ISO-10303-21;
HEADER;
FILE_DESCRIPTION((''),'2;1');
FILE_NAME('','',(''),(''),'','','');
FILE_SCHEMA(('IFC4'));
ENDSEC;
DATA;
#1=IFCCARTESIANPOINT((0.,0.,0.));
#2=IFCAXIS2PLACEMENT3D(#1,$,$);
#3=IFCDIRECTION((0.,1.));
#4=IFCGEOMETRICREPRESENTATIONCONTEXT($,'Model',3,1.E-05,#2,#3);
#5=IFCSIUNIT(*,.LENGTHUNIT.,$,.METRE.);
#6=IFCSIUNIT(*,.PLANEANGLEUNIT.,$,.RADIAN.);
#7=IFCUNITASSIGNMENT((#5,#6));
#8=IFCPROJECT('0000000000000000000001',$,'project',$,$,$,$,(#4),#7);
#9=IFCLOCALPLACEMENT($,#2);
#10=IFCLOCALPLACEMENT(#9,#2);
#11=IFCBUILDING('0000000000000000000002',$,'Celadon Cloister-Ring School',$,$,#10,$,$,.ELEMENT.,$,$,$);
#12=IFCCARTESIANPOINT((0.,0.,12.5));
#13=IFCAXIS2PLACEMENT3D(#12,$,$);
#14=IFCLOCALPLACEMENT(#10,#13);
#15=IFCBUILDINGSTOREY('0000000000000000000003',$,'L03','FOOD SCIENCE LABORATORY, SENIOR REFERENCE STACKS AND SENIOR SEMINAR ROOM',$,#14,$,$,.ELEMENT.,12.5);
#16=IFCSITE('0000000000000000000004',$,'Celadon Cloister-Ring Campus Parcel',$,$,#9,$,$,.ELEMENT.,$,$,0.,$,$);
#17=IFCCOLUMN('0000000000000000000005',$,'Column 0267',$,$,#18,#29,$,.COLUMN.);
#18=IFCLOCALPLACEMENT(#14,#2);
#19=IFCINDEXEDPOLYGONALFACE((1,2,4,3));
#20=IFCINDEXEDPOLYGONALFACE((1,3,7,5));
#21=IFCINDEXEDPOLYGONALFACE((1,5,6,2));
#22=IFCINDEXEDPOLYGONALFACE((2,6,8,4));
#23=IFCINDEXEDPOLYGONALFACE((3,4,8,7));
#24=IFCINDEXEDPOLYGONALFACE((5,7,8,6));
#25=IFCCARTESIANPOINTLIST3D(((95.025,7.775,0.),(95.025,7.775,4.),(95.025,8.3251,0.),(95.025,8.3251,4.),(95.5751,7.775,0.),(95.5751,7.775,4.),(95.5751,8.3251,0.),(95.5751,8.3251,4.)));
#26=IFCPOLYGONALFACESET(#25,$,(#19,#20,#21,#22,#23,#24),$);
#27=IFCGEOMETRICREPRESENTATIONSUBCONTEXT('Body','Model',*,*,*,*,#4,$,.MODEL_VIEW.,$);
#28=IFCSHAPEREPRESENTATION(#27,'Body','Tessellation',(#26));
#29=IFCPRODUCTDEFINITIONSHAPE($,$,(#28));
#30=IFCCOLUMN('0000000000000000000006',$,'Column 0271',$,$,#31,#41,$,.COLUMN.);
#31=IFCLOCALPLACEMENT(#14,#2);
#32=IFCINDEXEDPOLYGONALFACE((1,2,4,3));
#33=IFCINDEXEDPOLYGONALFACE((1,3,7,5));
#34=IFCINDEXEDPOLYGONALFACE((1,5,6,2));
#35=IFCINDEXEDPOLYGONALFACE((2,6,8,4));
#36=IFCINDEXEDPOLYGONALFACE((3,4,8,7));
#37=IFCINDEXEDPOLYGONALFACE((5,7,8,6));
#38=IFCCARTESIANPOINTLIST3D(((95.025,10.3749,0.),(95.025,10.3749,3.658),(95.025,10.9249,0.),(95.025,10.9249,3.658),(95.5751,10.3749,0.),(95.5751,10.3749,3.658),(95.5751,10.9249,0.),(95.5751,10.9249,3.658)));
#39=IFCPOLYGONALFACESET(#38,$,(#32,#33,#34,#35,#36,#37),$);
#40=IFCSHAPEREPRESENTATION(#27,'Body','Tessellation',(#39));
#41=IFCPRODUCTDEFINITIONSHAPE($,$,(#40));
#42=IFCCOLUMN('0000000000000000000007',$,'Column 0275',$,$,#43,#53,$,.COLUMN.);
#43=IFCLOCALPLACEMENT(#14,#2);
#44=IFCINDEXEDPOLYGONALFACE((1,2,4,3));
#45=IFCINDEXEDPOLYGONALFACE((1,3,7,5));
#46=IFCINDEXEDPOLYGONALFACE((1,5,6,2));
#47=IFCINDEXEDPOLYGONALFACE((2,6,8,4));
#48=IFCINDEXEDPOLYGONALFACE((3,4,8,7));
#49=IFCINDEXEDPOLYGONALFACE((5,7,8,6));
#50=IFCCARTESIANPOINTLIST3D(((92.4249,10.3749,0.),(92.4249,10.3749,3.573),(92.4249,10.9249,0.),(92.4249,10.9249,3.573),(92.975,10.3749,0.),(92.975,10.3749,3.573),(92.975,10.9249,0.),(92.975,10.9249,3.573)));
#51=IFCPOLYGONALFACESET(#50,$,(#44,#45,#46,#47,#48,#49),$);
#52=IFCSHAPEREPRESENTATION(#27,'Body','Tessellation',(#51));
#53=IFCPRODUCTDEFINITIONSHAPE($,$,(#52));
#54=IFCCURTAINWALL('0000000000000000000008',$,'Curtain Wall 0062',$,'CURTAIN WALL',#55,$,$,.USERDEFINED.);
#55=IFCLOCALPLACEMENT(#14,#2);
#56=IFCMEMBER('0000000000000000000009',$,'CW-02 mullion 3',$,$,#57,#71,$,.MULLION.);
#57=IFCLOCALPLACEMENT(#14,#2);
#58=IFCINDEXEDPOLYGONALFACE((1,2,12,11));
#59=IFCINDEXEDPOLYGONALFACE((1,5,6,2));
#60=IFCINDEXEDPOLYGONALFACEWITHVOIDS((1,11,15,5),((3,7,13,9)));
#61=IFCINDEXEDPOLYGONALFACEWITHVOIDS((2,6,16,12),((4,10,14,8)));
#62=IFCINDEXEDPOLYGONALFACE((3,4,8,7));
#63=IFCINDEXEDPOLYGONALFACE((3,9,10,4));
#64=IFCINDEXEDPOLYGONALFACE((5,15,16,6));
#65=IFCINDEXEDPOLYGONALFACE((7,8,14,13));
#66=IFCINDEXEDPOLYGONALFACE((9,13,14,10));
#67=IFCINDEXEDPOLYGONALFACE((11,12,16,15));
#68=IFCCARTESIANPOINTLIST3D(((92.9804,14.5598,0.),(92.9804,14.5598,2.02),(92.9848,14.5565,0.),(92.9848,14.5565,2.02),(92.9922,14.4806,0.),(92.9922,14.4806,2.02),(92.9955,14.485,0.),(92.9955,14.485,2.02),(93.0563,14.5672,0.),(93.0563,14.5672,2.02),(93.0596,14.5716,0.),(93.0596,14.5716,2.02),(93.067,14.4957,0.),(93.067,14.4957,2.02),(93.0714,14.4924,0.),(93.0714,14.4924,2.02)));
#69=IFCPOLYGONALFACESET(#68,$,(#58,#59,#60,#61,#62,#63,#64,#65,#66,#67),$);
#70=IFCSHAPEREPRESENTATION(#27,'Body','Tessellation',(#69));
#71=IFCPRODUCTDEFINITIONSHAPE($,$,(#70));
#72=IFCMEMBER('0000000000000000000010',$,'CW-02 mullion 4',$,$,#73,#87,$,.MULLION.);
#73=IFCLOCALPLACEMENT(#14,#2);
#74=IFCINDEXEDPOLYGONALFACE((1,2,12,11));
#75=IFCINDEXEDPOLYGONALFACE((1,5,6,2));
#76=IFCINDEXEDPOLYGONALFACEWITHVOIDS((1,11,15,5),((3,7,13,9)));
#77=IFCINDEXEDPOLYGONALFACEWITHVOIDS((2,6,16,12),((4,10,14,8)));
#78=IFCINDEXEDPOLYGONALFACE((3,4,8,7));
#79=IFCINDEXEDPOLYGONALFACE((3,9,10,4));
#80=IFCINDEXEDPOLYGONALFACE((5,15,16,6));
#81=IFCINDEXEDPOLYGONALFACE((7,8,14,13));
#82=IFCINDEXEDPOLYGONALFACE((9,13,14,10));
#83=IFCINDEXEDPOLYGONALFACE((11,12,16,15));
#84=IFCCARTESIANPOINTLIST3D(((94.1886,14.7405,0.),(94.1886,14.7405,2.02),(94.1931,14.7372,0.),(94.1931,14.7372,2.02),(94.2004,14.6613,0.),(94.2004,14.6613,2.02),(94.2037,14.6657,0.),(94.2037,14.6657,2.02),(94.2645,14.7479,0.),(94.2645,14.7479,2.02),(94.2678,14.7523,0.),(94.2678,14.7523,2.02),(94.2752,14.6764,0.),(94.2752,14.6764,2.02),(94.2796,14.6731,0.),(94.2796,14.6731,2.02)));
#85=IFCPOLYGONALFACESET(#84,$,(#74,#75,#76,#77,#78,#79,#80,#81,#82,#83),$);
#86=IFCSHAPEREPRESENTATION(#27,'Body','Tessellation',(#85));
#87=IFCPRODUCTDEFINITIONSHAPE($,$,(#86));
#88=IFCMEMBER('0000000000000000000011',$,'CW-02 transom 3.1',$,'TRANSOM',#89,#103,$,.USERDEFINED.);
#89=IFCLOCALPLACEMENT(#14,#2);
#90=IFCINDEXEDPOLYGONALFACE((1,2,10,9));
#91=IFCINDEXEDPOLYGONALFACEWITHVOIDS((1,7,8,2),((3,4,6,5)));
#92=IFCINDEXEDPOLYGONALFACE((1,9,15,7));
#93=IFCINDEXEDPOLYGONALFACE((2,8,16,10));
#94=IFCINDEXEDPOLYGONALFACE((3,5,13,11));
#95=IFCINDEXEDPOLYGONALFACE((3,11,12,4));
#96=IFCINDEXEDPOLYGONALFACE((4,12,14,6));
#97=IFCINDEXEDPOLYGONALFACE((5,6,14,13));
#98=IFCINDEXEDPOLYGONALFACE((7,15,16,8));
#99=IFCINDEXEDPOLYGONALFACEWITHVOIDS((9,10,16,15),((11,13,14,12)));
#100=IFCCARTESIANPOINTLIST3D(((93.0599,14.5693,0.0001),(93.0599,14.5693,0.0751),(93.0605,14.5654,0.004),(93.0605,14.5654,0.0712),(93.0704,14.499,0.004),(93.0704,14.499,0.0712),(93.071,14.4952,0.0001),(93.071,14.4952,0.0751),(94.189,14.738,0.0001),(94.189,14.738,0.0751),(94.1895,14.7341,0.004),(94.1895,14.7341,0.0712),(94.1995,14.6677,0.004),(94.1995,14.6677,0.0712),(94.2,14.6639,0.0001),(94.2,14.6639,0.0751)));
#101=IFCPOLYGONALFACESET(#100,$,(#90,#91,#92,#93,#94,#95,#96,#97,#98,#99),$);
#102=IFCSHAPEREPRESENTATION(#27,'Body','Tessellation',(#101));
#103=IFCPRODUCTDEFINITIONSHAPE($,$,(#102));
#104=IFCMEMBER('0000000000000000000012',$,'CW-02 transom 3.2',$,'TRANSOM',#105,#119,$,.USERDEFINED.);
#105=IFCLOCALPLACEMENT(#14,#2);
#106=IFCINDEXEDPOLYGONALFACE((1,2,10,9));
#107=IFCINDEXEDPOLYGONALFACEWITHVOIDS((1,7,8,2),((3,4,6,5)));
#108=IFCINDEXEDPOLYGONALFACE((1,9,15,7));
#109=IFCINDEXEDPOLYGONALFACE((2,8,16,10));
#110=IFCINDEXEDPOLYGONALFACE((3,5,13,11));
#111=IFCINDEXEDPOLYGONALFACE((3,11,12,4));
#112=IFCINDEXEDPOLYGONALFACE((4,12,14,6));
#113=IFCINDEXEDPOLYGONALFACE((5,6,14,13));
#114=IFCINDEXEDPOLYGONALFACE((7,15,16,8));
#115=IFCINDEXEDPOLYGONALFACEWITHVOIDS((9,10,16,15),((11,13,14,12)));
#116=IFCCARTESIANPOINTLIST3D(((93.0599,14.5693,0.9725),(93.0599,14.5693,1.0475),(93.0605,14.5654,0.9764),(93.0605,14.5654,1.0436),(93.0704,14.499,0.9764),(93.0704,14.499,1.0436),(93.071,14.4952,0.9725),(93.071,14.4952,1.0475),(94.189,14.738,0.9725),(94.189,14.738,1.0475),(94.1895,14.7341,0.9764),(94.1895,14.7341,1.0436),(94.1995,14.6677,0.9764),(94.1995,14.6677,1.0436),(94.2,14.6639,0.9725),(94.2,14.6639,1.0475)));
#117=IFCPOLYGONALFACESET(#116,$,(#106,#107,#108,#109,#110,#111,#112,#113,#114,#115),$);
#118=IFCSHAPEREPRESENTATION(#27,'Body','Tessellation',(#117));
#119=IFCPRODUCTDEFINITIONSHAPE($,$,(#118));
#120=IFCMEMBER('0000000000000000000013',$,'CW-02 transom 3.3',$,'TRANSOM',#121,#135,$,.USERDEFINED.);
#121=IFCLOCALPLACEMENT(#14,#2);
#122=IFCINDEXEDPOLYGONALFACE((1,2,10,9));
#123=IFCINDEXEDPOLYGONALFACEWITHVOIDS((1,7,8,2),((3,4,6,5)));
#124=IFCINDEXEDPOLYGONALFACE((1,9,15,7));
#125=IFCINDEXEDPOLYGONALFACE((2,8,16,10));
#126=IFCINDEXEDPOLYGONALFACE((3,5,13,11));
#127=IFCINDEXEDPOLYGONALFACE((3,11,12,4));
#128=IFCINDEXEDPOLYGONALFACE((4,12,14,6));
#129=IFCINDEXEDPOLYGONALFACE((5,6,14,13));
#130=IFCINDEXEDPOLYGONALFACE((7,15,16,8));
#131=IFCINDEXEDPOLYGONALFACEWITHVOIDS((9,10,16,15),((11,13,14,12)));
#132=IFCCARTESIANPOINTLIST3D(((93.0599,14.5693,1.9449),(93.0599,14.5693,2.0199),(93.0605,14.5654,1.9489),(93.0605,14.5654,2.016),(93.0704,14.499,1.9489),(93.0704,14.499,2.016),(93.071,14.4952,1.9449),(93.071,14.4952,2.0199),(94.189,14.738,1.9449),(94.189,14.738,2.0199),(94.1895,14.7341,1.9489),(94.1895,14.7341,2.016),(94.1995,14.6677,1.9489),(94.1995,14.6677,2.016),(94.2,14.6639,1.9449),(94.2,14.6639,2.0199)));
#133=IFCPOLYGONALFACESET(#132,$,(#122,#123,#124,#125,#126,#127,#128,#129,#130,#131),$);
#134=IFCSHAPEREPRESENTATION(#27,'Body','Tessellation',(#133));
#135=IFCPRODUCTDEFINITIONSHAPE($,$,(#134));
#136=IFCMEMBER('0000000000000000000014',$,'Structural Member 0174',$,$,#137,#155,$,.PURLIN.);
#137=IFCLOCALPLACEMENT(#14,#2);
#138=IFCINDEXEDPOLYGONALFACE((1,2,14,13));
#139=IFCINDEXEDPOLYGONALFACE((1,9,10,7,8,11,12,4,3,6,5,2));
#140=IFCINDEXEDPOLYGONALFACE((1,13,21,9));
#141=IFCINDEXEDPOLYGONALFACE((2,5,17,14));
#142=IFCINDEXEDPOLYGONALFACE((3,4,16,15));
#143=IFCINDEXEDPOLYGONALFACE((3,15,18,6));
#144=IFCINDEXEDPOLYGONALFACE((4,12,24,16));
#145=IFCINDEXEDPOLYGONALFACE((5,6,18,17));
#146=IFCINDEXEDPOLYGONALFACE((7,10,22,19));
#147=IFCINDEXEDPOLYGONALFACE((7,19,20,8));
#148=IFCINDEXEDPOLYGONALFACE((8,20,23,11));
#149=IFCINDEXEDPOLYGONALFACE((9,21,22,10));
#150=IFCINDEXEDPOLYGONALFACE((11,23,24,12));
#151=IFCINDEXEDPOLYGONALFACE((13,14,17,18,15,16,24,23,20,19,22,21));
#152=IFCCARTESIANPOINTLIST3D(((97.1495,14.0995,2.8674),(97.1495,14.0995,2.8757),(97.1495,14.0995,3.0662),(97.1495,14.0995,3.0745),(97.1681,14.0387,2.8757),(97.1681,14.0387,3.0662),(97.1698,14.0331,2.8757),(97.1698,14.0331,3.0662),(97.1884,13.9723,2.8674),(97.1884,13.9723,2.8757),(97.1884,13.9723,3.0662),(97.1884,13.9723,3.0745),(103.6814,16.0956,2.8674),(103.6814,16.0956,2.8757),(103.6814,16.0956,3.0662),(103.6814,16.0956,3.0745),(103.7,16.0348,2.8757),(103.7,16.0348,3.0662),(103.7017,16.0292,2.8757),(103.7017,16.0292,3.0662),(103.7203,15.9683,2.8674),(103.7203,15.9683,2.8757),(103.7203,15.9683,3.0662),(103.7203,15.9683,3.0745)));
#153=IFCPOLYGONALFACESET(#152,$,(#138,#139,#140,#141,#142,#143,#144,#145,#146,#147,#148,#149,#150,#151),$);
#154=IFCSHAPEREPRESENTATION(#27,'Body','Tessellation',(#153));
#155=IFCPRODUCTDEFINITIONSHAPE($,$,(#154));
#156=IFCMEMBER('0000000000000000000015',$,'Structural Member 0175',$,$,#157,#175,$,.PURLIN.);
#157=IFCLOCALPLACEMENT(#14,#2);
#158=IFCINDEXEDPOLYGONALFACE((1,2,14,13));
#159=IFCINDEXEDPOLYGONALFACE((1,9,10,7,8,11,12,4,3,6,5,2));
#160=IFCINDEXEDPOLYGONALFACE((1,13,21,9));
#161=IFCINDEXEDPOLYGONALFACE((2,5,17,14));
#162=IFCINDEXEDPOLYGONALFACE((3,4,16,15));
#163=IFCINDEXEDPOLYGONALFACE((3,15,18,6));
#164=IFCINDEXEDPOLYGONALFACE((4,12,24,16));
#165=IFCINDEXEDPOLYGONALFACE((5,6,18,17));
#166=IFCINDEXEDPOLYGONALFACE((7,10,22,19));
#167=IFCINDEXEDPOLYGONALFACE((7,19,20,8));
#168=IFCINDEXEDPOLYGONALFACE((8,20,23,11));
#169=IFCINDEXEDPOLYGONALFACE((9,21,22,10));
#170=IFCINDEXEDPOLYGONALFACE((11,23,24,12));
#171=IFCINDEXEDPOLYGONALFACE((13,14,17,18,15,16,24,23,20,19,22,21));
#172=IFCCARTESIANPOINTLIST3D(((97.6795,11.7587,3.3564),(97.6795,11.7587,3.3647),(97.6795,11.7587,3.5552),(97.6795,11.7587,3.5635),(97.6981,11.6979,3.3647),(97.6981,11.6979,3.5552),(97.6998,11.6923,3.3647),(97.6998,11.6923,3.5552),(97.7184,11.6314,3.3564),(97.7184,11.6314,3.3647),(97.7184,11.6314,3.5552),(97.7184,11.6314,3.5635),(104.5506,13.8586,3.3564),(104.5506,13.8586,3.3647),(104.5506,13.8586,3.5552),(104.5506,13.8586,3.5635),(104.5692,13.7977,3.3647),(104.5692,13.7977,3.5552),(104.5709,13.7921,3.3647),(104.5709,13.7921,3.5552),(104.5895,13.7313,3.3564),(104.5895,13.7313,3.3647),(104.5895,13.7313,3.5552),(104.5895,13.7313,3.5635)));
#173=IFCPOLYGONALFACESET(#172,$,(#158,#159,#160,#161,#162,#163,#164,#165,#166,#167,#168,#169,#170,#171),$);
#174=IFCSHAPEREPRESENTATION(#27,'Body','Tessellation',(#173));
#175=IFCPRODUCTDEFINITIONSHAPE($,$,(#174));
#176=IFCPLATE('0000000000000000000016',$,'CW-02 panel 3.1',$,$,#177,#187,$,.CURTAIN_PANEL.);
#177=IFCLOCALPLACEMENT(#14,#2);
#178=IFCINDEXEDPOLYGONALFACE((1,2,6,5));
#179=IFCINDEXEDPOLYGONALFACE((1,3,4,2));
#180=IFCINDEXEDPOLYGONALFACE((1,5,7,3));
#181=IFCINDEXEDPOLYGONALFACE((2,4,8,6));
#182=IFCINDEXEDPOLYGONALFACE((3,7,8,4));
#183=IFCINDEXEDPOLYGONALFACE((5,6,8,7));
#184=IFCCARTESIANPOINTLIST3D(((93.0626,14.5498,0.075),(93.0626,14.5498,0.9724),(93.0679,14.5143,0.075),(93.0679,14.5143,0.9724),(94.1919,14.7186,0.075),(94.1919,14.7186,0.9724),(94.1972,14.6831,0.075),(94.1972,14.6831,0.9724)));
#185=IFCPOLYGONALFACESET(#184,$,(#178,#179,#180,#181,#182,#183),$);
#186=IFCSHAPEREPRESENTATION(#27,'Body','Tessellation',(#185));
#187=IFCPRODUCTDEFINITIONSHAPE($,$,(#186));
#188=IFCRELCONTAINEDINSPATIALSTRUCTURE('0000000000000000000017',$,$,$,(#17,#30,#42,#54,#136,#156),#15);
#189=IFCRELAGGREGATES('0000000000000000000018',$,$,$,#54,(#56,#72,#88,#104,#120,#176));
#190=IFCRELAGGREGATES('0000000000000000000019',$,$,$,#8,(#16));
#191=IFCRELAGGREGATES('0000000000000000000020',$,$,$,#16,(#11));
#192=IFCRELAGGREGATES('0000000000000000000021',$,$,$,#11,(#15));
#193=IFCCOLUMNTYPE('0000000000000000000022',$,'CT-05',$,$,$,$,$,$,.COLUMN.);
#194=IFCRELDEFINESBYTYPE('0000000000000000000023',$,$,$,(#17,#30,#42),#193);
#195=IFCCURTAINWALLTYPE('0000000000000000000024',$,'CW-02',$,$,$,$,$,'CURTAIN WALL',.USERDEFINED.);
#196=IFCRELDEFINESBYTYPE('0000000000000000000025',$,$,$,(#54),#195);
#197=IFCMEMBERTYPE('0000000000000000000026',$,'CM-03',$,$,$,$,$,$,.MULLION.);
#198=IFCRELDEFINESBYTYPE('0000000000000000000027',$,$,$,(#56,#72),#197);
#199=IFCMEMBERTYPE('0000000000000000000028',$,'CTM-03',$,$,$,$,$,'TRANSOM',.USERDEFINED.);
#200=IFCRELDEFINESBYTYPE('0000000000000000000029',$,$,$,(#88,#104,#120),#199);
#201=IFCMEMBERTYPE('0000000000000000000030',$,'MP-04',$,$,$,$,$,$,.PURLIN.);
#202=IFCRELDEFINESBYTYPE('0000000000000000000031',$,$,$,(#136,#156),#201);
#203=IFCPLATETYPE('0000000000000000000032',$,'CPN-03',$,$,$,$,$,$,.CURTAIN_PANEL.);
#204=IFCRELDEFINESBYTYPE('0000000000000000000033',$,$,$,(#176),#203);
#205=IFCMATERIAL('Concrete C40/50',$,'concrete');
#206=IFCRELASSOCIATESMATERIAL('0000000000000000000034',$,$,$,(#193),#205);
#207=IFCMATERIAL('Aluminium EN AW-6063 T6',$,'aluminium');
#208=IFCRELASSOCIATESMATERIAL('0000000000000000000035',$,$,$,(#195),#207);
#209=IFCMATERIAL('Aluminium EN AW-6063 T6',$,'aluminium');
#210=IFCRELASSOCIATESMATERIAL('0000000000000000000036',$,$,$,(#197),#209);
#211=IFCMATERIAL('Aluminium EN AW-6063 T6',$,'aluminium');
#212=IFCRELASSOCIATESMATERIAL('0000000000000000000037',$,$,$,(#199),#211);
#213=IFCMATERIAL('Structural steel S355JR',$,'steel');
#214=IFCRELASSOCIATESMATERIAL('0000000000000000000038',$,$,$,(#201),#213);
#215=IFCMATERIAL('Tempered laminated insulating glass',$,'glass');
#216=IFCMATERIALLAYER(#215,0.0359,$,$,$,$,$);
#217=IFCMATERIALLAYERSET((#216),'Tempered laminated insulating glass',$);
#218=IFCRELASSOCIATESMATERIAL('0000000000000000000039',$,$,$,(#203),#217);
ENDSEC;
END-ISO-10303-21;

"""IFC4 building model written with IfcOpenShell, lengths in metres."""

from ifc_helpers import new_model, si_unit, direction, frame, origin, origin_2d, place, context, subcontext, project, spatial, rectangle, hollow_rectangle, i_section, extrude, material, layer, layer_set, material_profile, profile_set, type_object, element, aggregate, save


model = new_model("IFC4")

# Units and contexts
model_context = context("Model", 3, precision=1e-05, world=origin(), true_north=direction((0.0, 1.0)))
body_context = subcontext(model_context, "Body", "Model", "MODEL_VIEW")
ifc_project = project(units=[si_unit("LENGTHUNIT", "METRE"), si_unit("PLANEANGLEUNIT", "RADIAN")], contexts=[model_context])

# Site, building, storey
site_placement = place(None, origin())
site = spatial("IfcSite", under=ifc_project, at=site_placement, Name="Celadon Cloister-Ring Campus Parcel", CompositionType="ELEMENT", RefElevation=0.0)
building_placement = place(site_placement, origin())
building = spatial("IfcBuilding", under=site, at=building_placement, Name="Celadon Cloister-Ring School", CompositionType="ELEMENT")
storey_placement = place(building_placement, frame((0.0, 0.0, 12.5)))
storey = spatial("IfcBuildingStorey", under=building, at=storey_placement, Name="L03", Description="FOOD SCIENCE LABORATORY, SENIOR REFERENCE STACKS AND SENIOR SEMINAR ROOM", CompositionType="ELEMENT", Elevation=12.5)

# Columns
ifc_material_1 = material(Name="Concrete C40/50", Category="concrete")
ifc_material_profile_1 = material_profile(ifc_material_1, rectangle(XDim=0.55, YDim=0.55, at=origin_2d()), Name="RC550X550")
ifc_profile_set_1 = profile_set([ifc_material_profile_1], Name="Concrete C40/50")
column_type = type_object("IfcColumnType", Name="CT-05", PredefinedType="COLUMN", material=ifc_profile_set_1)
column_1_placement = place(storey_placement, frame((95.3, 8.05, 0.0), z_axis=(0.0, 0.0, 1.0), x_axis=(1.0, 0.0, 0.0)))
element("IfcColumn", 1, at=column_1_placement, inside=storey, type_object=column_type, Name="Column 0267", PredefinedType="COLUMN", context=body_context, shape_type="SweptSolid", body=[
    extrude(rectangle(XDim=0.55, YDim=0.55, at=origin_2d()), origin(), (0.0, 0.0, 1.0), 4.0),
])
column_2_placement = place(storey_placement, frame((95.3, 10.6499, 0.0), z_axis=(0.0, 0.0, 1.0), x_axis=(1.0, 0.0, 0.0)))
element("IfcColumn", 2, at=column_2_placement, inside=storey, type_object=column_type, Name="Column 0271", PredefinedType="COLUMN", context=body_context, shape_type="SweptSolid", body=[
    extrude(rectangle(XDim=0.55, YDim=0.55, at=origin_2d()), origin(), (0.0, 0.0, 1.0), 3.658),
])
column_3_placement = place(storey_placement, frame((92.7, 10.6499, 0.0), z_axis=(0.0, 0.0, 1.0), x_axis=(1.0, 0.0, 0.0)))
element("IfcColumn", 3, at=column_3_placement, inside=storey, type_object=column_type, Name="Column 0275", PredefinedType="COLUMN", context=body_context, shape_type="SweptSolid", body=[
    extrude(rectangle(XDim=0.55, YDim=0.55, at=origin_2d()), origin(), (0.0, 0.0, 1.0), 3.573),
])

# Curtain wall, members
ifc_material_2 = material(Name="Aluminium EN AW-6063 T6", Category="aluminium")
curtain_wall_type = type_object("IfcCurtainWallType", Name="CW-02", ElementType="CURTAIN WALL", PredefinedType="USERDEFINED", material=ifc_material_2)
curtain_wall_placement = place(storey_placement, origin())
curtain_wall = element("IfcCurtainWall", 4, at=curtain_wall_placement, inside=storey, type_object=curtain_wall_type, Name="Curtain Wall 0062", ObjectType="CURTAIN WALL", PredefinedType="USERDEFINED")
ifc_material_3 = material(Name="Aluminium EN AW-6063 T6", Category="aluminium")
ifc_material_profile_2 = material_profile(ifc_material_3, hollow_rectangle(XDim=0.0801, YDim=0.0801, WallThickness=0.0039, at=origin_2d()), Name="RHS80X80X4")
ifc_profile_set_2 = profile_set([ifc_material_profile_2], Name="Aluminium EN AW-6063 T6")
member_type_1 = type_object("IfcMemberType", Name="CM-03", PredefinedType="MULLION", material=ifc_profile_set_2)
member_1_placement = place(storey_placement, frame((93.0259, 14.5261, 0.0), z_axis=(0.0, 0.0, 1.0), x_axis=(-0.147812, 0.989015, 0.0)))
member_1 = element("IfcMember", 5, at=member_1_placement, type_object=member_type_1, Name="CW-02 mullion 3", PredefinedType="MULLION", context=body_context, shape_type="SweptSolid", body=[
    extrude(hollow_rectangle(XDim=0.0801, YDim=0.0801, WallThickness=0.0039, at=origin_2d()), origin(), (0.0, 0.0, 1.0), 2.02),
])
member_2_placement = place(storey_placement, frame((94.2341, 14.7068, 0.0), z_axis=(0.0, 0.0, 1.0), x_axis=(-0.147812, 0.989015, 0.0)))
member_2 = element("IfcMember", 6, at=member_2_placement, type_object=member_type_1, Name="CW-02 mullion 4", PredefinedType="MULLION", context=body_context, shape_type="SweptSolid", body=[
    extrude(hollow_rectangle(XDim=0.0801, YDim=0.0801, WallThickness=0.0039, at=origin_2d()), origin(), (0.0, 0.0, 1.0), 2.02),
])
ifc_material_4 = material(Name="Aluminium EN AW-6063 T6", Category="aluminium")
ifc_material_profile_3 = material_profile(ifc_material_4, hollow_rectangle(XDim=0.075, YDim=0.075, WallThickness=0.0039, at=origin_2d()), Name="RHS75X75X4")
ifc_profile_set_3 = profile_set([ifc_material_profile_3], Name="Aluminium EN AW-6063 T6")
member_type_2 = type_object("IfcMemberType", Name="CTM-03", ElementType="TRANSOM", PredefinedType="USERDEFINED", material=ifc_profile_set_3)
member_3_placement = place(storey_placement, frame((93.0654, 14.5322, 0.0376), z_axis=(0.989022, 0.147765, 0.0), x_axis=(-0.147765, 0.989022, 0.0)))
member_3 = element("IfcMember", 7, at=member_3_placement, type_object=member_type_2, Name="CW-02 transom 3.1", ObjectType="TRANSOM", PredefinedType="USERDEFINED", context=body_context, shape_type="SweptSolid", body=[
    extrude(hollow_rectangle(XDim=0.075, YDim=0.075, WallThickness=0.0039, at=origin_2d()), origin(), (0.0, 0.0, 1.0), 1.1416),
])
member_4_placement = place(storey_placement, frame((93.0654, 14.5322, 1.01), z_axis=(0.989022, 0.147765, 0.0), x_axis=(-0.147765, 0.989022, 0.0)))
member_4 = element("IfcMember", 8, at=member_4_placement, type_object=member_type_2, Name="CW-02 transom 3.2", ObjectType="TRANSOM", PredefinedType="USERDEFINED", context=body_context, shape_type="SweptSolid", body=[
    extrude(hollow_rectangle(XDim=0.075, YDim=0.075, WallThickness=0.0039, at=origin_2d()), origin(), (0.0, 0.0, 1.0), 1.1416),
])
member_5_placement = place(storey_placement, frame((93.0654, 14.5322, 1.9824), z_axis=(0.989022, 0.147765, 0.0), x_axis=(-0.147765, 0.989022, 0.0)))
member_5 = element("IfcMember", 9, at=member_5_placement, type_object=member_type_2, Name="CW-02 transom 3.3", ObjectType="TRANSOM", PredefinedType="USERDEFINED", context=body_context, shape_type="SweptSolid", body=[
    extrude(hollow_rectangle(XDim=0.075, YDim=0.075, WallThickness=0.0039, at=origin_2d()), origin(), (0.0, 0.0, 1.0), 1.1416),
])

# Members
ifc_material_5 = material(Name="Structural steel S355JR", Category="steel")
ifc_material_profile_4 = material_profile(ifc_material_5, i_section(OverallWidth=0.1331, OverallDepth=0.207, WebThickness=0.0059, FlangeThickness=0.0083, at=origin_2d()), Name="W200X27")
ifc_profile_set_4 = profile_set([ifc_material_profile_4], Name="Structural steel S355JR")
member_type_3 = type_object("IfcMemberType", Name="MP-04", PredefinedType="PURLIN", material=ifc_profile_set_4)
member_6_placement = place(storey_placement, frame((97.1689, 14.0359, 2.9709), z_axis=(0.956343, 0.292247, 0.0), x_axis=(-0.292247, 0.956343, 0.0)))
element("IfcMember", 10, at=member_6_placement, inside=storey, type_object=member_type_3, Name="Structural Member 0174", PredefinedType="PURLIN", context=body_context, shape_type="SweptSolid", body=[
    extrude(i_section(OverallWidth=0.1331, OverallDepth=0.207, WebThickness=0.0059, FlangeThickness=0.0083, at=origin_2d()), origin(), (0.0, 0.0, 1.0), 6.8301),
])
member_7_placement = place(storey_placement, frame((97.699, 11.6951, 3.46), z_axis=(0.956338, 0.292263, 0.0), x_axis=(-0.292263, 0.956338, 0.0)))
element("IfcMember", 11, at=member_7_placement, inside=storey, type_object=member_type_3, Name="Structural Member 0175", PredefinedType="PURLIN", context=body_context, shape_type="SweptSolid", body=[
    extrude(i_section(OverallWidth=0.1331, OverallDepth=0.207, WebThickness=0.0059, FlangeThickness=0.0083, at=origin_2d()), origin(), (0.0, 0.0, 1.0), 7.1848),
])

# Plate
ifc_material_6 = material(Name="Tempered laminated insulating glass", Category="glass")
ifc_layer_1 = layer(ifc_material_6, 0.0359)
ifc_layer_set_1 = layer_set([ifc_layer_1], Name="Tempered laminated insulating glass")
plate_type = type_object("IfcPlateType", Name="CPN-03", PredefinedType="CURTAIN_PANEL", material=ifc_layer_set_1)
plate_1_placement = place(storey_placement, frame((93.6299, 14.6165, 0.075), z_axis=(0.0, 0.0, 1.0), x_axis=(0.989015, 0.147812, 0.0)))
plate_1 = element("IfcPlate", 12, at=plate_1_placement, type_object=plate_type, Name="CW-02 panel 3.1", PredefinedType="CURTAIN_PANEL", context=body_context, shape_type="SweptSolid", body=[
    extrude(rectangle(XDim=1.1418, YDim=0.0359, at=origin_2d()), origin(), (0.0, 0.0, 1.0), 0.8975),
])
aggregate(curtain_wall, [member_1, member_2, member_3, member_4, member_5, plate_1])

save(model, "model.ifc")
